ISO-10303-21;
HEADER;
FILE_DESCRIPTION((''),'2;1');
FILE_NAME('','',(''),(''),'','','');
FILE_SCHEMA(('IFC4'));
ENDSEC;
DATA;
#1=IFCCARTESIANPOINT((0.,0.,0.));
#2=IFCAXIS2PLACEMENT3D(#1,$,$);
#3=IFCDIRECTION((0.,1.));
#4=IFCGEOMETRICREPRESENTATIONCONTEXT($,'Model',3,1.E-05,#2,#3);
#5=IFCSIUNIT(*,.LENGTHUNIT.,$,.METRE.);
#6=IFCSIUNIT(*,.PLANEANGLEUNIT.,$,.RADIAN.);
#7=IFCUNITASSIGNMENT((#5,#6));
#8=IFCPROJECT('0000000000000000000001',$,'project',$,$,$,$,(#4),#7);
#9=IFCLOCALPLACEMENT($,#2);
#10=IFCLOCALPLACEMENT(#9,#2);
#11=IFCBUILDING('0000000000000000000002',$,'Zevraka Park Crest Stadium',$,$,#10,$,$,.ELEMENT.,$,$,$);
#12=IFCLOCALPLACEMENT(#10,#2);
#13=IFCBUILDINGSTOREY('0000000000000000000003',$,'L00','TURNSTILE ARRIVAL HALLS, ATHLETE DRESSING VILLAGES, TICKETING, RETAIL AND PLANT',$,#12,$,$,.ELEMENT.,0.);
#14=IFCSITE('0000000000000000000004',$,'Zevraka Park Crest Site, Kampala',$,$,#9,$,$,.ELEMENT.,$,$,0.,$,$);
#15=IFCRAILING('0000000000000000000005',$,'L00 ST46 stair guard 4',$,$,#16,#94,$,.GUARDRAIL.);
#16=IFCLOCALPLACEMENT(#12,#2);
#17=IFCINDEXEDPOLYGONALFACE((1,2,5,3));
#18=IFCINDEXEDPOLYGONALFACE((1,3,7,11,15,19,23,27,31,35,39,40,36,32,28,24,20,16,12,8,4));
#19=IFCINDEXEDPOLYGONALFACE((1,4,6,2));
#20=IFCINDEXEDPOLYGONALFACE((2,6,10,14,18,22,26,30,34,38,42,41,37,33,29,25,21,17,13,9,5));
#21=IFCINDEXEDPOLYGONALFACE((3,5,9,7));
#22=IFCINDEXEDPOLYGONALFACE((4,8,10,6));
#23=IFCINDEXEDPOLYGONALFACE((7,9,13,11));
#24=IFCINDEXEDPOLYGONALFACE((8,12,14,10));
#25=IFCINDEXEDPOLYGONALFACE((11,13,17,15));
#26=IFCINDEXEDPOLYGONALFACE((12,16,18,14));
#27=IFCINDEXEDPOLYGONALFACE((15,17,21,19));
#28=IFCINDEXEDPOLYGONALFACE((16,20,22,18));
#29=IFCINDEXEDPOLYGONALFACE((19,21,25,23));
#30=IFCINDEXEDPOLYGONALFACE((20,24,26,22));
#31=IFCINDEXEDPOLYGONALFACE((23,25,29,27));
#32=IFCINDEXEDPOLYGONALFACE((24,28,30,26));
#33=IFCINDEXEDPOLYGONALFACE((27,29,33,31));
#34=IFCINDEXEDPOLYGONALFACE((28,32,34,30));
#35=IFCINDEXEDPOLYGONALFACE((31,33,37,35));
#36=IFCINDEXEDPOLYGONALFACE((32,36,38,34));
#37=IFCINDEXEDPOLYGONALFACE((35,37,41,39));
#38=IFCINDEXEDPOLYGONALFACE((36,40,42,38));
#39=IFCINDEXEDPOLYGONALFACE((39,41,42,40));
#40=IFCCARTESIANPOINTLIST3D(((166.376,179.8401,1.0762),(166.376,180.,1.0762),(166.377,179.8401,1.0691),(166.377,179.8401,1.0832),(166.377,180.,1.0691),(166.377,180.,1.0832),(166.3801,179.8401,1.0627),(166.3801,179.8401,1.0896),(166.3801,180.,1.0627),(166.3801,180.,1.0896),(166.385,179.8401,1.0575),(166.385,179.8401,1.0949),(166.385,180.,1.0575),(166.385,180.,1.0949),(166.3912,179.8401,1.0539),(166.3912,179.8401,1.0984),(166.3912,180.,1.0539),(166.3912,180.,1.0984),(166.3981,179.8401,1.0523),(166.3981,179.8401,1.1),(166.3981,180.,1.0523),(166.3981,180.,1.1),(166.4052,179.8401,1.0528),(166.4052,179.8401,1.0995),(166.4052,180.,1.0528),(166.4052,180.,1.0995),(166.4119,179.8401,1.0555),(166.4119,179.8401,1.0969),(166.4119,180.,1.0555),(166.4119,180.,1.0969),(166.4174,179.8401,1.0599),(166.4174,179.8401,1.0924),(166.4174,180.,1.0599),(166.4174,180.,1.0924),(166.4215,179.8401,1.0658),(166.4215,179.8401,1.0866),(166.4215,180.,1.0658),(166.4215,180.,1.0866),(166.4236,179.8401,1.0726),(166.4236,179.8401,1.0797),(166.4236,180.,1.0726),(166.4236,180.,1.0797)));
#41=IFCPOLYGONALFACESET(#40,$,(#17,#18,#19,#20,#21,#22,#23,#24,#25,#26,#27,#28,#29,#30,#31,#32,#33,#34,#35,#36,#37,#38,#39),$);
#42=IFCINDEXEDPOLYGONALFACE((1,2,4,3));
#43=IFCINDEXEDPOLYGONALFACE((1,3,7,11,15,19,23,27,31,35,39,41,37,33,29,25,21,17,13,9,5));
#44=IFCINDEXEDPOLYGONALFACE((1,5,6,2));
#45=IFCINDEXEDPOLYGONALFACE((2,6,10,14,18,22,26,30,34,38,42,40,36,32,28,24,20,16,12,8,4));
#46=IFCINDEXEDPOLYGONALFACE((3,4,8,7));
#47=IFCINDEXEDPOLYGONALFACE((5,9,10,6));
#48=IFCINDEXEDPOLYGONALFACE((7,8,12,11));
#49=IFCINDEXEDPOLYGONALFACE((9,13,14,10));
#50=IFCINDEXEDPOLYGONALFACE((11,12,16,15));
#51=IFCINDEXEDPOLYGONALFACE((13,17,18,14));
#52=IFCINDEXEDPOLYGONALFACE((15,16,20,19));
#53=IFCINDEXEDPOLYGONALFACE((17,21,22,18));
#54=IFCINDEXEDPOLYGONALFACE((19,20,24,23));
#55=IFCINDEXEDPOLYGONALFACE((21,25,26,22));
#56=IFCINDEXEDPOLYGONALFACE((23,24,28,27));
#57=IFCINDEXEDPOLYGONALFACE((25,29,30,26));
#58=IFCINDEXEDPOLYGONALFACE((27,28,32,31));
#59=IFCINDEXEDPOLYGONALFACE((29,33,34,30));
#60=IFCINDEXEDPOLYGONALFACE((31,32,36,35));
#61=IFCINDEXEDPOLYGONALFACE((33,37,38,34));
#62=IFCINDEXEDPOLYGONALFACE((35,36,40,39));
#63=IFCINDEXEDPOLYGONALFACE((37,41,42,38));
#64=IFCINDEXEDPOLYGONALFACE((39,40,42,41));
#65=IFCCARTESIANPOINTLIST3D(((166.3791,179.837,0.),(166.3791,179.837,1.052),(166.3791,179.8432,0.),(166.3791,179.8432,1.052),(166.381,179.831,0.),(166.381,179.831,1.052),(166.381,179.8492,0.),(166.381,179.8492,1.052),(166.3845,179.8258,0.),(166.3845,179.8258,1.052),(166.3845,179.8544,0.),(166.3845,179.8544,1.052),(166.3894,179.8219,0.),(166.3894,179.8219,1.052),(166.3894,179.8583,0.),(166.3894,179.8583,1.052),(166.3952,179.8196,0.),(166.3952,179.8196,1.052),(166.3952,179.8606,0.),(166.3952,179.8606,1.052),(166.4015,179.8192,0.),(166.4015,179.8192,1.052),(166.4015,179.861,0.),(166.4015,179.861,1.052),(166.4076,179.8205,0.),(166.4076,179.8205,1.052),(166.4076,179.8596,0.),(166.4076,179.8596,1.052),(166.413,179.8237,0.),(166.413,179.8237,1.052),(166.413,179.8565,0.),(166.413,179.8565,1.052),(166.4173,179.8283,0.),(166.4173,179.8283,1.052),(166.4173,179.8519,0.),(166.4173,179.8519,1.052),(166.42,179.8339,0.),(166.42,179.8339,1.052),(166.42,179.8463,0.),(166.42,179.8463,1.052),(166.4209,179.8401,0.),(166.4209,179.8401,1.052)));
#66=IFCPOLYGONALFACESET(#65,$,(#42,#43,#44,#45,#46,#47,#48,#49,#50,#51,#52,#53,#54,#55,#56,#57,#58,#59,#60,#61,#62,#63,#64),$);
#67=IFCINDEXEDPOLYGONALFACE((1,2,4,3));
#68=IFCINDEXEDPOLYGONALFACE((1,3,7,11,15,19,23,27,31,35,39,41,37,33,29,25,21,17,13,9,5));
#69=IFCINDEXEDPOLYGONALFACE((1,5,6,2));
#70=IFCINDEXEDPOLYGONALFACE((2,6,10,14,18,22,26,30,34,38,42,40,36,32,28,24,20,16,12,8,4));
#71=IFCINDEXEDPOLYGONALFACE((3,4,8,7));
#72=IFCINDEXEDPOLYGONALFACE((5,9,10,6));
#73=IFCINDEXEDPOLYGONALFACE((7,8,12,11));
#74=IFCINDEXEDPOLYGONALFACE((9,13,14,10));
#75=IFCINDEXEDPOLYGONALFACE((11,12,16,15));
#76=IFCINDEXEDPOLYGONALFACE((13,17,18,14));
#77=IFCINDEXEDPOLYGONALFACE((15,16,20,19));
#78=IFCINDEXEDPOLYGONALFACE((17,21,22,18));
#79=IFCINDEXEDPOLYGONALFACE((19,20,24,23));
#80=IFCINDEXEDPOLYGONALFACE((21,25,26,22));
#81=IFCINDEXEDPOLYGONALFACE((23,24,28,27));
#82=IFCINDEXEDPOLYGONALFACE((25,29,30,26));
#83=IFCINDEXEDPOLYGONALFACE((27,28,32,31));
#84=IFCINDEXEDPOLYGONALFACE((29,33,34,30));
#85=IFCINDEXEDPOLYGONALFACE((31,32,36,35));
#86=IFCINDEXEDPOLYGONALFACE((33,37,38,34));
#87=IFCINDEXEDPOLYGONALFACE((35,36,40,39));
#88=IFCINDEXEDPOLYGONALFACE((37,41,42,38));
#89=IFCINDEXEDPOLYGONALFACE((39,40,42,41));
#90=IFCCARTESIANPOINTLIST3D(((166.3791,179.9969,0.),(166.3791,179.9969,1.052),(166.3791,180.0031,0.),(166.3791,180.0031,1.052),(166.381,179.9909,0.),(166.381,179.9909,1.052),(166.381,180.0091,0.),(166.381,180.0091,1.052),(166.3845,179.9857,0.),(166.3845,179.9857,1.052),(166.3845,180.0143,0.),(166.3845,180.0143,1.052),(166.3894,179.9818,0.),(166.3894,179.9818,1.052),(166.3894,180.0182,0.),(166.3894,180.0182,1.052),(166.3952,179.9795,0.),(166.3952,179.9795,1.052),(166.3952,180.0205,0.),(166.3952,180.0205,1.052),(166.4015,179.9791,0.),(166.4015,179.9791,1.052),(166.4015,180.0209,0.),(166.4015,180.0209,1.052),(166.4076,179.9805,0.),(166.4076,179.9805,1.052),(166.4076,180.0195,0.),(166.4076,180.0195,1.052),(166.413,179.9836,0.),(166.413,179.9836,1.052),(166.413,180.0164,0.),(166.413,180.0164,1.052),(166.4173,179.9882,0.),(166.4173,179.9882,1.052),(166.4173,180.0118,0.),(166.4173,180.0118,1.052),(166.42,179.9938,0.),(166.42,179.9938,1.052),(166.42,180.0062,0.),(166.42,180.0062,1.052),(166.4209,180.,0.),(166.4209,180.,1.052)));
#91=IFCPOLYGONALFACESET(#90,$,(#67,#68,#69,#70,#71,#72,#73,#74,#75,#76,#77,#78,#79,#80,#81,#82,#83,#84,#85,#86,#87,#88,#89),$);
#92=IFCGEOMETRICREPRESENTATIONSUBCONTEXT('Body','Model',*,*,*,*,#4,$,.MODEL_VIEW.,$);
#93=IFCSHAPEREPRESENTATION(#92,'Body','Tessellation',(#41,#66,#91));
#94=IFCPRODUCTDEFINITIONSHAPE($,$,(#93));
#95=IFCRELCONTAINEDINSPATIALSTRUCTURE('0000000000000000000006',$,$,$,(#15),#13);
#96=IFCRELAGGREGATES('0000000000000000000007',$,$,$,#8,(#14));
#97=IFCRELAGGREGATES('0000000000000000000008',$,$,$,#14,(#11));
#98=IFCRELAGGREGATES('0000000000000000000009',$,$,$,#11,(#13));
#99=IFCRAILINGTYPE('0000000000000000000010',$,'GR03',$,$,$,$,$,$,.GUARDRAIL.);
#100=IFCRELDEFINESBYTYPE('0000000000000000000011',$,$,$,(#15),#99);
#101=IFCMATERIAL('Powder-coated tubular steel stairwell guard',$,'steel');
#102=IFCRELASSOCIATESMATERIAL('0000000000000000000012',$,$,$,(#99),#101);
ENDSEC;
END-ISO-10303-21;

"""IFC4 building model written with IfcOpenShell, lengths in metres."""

from ifc_helpers import new_model, si_unit, direction, frame, origin, origin_2d, place, context, subcontext, project, spatial, circle, extrude, material, type_object, element, save


model = new_model("IFC4")

# Units and contexts
model_context = context("Model", 3, precision=1e-05, world=origin(), true_north=direction((0.0, 1.0)))
body_context = subcontext(model_context, "Body", "Model", "MODEL_VIEW")
ifc_project = project(units=[si_unit("LENGTHUNIT", "METRE"), si_unit("PLANEANGLEUNIT", "RADIAN")], contexts=[model_context])

# Site, building, storey
site_placement = place(None, origin())
site = spatial("IfcSite", under=ifc_project, at=site_placement, Name="Zevraka Park Crest Site, Kampala", CompositionType="ELEMENT", RefElevation=0.0)
building_placement = place(site_placement, origin())
building = spatial("IfcBuilding", under=site, at=building_placement, Name="Zevraka Park Crest Stadium", CompositionType="ELEMENT")
storey_placement = place(building_placement, origin())
storey = spatial("IfcBuildingStorey", under=building, at=storey_placement, Name="L00", Description="TURNSTILE ARRIVAL HALLS, ATHLETE DRESSING VILLAGES, TICKETING, RETAIL AND PLANT", CompositionType="ELEMENT", Elevation=0.0)

# Railing
ifc_material_1 = material(Name="Powder-coated tubular steel stairwell guard", Category="steel")
railing_type_1 = type_object("IfcRailingType", Name="GR03", PredefinedType="GUARDRAIL", material=ifc_material_1)
railing_1_placement = place(storey_placement, frame((166.3999, 179.8401, 0.0)))
element("IfcRailing", 1, at=railing_1_placement, inside=storey, type_object=railing_type_1, Name="L00 ST46 stair guard 4", PredefinedType="GUARDRAIL", context=body_context, shape_type="SweptSolid", body=[
    extrude(circle(Radius=0.0239, at=origin_2d()), frame((0.0, 0.0, 1.0762), z_axis=(0.0, 1.0, 0.0), x_axis=(-1.0, 0.0, 0.0)), (0.0, 0.0, 1.0), 0.1599),
    extrude(circle(Radius=0.021, at=origin_2d()), origin(), (0.0, 0.0, 1.0), 1.052),
    extrude(circle(Radius=0.021, at=origin_2d()), frame((0.0, 0.1599, 0.0)), (0.0, 0.0, 1.0), 1.052),
])

save(model, "model.ifc")
